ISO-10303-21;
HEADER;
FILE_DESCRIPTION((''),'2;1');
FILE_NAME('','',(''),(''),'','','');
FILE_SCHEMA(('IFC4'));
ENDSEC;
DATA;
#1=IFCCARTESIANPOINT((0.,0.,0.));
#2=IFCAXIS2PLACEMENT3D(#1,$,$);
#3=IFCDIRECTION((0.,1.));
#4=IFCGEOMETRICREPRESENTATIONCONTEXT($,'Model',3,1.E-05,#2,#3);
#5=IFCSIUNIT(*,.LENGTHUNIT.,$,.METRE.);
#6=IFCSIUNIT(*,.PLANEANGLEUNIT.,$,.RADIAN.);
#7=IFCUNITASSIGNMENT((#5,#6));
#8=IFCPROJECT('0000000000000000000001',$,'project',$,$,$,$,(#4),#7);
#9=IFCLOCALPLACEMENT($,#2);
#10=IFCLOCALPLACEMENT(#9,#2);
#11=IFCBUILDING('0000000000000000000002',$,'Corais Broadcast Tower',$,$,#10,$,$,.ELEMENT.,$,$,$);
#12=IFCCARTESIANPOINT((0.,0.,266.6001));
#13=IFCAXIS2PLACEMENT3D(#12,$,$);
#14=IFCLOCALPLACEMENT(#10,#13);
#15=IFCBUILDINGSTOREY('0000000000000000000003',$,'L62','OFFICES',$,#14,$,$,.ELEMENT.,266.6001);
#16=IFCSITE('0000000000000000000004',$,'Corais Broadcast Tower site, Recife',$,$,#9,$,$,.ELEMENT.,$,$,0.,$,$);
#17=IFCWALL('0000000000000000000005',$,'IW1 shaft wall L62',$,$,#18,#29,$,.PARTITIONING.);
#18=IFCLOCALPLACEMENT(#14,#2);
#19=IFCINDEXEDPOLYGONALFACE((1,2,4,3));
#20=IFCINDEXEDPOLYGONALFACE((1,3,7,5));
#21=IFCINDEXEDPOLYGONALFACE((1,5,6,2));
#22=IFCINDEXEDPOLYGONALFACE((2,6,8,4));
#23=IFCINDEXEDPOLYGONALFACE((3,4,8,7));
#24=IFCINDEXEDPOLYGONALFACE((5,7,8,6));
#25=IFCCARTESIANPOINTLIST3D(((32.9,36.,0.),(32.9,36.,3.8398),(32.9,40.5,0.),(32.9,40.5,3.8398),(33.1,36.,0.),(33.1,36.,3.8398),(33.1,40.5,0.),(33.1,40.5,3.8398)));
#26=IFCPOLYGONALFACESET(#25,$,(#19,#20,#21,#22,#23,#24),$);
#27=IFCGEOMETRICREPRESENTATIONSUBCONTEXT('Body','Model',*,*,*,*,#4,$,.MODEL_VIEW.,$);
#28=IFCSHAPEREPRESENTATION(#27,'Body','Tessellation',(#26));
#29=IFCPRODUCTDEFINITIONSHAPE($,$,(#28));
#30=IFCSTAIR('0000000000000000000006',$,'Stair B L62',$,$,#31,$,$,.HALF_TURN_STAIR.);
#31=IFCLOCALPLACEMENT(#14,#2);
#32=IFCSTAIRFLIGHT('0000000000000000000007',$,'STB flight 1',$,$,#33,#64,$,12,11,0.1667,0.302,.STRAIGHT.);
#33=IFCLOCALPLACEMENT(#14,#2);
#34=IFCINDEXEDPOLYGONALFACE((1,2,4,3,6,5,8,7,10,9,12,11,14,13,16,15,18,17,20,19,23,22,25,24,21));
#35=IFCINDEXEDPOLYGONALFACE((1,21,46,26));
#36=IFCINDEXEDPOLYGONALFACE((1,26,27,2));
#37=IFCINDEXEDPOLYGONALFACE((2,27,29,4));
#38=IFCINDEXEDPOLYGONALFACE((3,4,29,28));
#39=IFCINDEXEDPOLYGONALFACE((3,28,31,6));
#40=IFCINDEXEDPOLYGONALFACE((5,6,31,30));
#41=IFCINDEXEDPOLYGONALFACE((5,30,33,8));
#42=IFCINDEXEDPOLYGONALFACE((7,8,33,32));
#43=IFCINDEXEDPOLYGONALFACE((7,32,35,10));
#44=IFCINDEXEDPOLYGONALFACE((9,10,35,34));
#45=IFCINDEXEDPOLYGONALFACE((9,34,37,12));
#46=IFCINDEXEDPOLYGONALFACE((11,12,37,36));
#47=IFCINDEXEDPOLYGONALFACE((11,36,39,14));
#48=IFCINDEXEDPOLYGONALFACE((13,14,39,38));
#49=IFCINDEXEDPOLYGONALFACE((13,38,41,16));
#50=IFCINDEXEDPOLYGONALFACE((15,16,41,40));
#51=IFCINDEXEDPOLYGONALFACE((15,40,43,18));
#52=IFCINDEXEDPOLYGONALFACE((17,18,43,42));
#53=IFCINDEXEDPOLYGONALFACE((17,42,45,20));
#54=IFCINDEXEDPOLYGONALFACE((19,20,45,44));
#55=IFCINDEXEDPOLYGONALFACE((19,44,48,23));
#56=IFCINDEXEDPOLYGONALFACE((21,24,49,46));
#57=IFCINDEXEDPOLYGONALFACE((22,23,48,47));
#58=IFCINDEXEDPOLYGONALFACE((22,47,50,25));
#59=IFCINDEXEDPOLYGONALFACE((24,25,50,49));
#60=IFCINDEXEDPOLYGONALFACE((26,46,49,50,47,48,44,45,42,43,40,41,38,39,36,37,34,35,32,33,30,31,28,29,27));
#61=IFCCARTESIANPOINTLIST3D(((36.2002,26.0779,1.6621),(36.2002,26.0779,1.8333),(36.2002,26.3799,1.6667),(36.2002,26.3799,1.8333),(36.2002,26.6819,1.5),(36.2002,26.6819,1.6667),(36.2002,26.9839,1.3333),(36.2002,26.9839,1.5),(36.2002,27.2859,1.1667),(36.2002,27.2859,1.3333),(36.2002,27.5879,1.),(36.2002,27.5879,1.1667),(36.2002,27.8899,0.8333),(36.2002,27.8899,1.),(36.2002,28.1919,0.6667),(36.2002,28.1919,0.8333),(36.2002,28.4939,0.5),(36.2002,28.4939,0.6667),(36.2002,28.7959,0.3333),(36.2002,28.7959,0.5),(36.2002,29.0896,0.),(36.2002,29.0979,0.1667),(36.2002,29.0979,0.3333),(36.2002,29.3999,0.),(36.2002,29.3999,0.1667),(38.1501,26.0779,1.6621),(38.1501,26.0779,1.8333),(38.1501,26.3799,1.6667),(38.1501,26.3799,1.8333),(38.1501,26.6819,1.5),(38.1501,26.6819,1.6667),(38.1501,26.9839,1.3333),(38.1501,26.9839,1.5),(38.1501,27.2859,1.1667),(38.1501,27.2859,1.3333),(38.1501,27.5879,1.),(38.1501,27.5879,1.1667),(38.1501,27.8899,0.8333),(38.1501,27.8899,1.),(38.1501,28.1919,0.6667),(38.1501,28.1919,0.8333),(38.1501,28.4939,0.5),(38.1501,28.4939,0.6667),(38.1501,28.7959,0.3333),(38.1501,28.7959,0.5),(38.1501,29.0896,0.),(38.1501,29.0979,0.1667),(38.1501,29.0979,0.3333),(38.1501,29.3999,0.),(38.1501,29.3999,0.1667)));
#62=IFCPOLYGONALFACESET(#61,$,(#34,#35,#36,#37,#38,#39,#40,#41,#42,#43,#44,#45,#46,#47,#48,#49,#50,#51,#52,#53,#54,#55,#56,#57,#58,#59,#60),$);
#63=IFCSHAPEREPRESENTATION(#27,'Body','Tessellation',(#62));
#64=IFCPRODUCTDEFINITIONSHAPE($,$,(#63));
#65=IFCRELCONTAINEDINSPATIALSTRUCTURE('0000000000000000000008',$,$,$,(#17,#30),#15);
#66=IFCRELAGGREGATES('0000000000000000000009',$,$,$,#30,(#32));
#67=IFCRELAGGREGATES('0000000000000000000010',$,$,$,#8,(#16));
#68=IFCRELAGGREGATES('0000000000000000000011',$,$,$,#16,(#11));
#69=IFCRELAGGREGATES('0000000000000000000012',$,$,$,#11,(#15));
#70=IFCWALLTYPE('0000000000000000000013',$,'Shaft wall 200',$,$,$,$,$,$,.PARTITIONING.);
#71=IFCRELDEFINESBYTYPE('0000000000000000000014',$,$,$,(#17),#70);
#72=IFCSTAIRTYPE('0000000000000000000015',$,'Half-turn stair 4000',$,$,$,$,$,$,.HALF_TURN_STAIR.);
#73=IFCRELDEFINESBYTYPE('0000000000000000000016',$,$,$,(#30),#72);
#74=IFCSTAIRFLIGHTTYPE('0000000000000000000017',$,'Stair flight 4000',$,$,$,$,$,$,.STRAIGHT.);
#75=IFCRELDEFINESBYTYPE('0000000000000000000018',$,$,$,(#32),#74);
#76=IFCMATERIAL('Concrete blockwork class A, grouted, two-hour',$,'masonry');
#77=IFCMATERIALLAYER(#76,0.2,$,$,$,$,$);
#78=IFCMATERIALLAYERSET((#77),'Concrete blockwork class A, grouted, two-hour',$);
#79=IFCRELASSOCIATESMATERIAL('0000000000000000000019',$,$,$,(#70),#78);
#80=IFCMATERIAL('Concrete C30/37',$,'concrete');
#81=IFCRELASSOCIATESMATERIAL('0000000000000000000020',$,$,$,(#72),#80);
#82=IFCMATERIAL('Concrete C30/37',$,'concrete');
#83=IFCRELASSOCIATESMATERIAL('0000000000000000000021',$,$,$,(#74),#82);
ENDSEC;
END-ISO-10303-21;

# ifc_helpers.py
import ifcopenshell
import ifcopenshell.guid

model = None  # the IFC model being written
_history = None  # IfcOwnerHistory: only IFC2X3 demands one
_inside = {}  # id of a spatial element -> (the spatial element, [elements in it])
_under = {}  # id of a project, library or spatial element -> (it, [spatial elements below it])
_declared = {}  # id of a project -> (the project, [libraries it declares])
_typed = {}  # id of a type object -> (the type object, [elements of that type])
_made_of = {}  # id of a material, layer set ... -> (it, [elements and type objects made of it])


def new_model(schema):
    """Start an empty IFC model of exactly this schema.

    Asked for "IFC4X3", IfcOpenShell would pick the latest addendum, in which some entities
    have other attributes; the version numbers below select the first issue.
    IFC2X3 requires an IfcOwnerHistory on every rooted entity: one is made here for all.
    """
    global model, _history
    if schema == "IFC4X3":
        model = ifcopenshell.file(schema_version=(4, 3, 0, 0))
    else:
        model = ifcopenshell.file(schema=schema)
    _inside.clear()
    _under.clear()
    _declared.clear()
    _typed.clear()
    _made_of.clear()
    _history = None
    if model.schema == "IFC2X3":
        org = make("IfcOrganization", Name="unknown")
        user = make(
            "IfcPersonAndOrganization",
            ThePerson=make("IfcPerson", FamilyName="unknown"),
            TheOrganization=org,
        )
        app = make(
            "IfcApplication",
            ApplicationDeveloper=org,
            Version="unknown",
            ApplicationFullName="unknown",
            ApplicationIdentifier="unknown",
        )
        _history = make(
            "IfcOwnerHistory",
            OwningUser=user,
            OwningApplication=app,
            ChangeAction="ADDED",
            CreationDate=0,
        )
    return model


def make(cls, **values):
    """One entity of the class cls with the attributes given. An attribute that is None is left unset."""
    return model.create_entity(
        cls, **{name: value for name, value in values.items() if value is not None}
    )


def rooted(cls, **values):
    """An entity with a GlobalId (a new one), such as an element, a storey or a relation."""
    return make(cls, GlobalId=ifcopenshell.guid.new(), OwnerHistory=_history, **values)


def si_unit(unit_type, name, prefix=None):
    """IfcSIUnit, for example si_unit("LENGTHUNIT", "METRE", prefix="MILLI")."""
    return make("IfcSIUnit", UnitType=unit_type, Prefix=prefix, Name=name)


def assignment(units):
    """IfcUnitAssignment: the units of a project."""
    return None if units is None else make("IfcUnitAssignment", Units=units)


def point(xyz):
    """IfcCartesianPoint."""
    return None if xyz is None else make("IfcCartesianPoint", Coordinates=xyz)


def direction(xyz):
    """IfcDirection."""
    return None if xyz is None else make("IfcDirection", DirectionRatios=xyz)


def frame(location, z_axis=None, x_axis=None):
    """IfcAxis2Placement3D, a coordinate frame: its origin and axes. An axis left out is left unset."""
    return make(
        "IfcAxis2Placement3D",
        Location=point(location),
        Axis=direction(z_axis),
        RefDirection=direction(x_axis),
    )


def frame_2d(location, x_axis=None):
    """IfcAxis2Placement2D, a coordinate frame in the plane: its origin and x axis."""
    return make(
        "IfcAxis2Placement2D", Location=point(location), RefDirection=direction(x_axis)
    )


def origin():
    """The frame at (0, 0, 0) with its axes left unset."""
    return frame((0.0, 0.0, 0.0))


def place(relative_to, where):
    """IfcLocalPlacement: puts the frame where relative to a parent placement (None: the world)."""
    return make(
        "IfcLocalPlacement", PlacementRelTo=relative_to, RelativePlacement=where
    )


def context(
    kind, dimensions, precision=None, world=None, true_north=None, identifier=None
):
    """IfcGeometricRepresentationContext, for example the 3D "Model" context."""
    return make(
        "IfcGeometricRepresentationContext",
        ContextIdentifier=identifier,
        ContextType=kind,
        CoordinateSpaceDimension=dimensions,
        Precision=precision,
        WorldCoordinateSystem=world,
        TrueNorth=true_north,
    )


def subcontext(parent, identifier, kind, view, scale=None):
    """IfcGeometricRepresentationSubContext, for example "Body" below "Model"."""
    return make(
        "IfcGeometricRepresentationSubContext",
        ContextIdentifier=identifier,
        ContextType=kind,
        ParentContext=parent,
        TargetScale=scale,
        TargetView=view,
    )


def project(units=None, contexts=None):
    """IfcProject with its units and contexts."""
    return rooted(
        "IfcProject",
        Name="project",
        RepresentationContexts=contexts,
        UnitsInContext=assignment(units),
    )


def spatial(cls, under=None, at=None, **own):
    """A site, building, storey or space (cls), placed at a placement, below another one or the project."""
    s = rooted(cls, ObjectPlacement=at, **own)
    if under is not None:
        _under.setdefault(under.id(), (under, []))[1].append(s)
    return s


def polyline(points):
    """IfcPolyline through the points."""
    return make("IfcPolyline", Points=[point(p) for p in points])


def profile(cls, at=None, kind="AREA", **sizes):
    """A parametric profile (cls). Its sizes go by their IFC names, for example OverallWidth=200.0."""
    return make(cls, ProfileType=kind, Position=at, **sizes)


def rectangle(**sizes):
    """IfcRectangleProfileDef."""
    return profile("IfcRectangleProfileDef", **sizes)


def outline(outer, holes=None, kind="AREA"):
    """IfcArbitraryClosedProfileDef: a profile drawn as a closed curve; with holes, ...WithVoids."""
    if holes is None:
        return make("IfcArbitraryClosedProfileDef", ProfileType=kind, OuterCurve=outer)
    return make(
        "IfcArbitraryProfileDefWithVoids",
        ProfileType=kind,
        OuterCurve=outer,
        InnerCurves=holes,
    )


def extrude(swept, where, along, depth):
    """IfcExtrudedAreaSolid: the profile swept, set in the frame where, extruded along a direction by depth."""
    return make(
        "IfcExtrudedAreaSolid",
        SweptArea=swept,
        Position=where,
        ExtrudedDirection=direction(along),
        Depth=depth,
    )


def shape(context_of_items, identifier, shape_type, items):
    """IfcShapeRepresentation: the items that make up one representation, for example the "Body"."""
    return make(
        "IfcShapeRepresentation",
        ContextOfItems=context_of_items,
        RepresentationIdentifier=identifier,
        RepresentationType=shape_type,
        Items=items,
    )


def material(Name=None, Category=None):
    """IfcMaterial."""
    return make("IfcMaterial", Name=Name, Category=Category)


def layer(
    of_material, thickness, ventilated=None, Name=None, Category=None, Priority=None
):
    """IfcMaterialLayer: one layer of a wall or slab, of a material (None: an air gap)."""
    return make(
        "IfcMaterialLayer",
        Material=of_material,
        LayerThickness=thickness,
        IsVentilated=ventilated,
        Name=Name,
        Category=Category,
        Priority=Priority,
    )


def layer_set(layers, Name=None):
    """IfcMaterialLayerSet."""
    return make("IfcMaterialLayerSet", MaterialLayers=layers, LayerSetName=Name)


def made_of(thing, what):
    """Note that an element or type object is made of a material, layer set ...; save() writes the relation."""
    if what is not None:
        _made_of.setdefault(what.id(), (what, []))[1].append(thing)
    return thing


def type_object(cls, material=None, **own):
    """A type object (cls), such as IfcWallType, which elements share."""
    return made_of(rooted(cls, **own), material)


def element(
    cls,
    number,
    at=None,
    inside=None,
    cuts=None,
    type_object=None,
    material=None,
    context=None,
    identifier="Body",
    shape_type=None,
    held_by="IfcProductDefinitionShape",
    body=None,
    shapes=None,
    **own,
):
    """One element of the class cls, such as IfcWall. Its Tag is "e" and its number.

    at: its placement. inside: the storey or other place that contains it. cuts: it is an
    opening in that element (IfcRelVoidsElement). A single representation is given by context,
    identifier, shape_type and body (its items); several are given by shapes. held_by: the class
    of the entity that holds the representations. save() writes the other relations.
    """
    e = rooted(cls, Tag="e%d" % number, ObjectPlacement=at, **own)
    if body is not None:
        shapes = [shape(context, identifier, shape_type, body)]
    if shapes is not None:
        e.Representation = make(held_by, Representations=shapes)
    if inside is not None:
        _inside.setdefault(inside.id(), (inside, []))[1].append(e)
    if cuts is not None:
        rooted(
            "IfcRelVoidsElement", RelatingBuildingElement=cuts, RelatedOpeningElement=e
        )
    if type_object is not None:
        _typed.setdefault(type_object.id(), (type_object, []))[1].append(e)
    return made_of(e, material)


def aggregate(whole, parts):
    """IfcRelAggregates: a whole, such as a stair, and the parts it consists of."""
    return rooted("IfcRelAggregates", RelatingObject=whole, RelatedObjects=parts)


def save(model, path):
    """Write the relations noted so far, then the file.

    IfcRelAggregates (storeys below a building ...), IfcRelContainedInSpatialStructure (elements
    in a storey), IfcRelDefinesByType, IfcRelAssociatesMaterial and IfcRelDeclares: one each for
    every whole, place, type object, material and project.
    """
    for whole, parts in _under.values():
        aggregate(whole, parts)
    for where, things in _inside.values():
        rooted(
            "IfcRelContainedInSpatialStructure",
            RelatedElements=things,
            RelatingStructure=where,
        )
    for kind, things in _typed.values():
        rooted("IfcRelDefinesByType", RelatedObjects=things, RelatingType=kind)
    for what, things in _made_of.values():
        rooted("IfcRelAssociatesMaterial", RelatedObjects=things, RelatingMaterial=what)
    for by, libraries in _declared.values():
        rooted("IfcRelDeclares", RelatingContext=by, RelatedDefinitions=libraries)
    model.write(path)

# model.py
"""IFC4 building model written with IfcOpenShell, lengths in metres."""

from ifc_helpers import new_model, si_unit, direction, frame, frame_2d, origin, place, context, subcontext, project, spatial, polyline, rectangle, outline, extrude, material, layer, layer_set, type_object, element, aggregate, save


model = new_model("IFC4")

# Units and contexts
model_context = context("Model", 3, precision=1e-05, world=origin(), true_north=direction((0.0, 1.0)))
body_context = subcontext(model_context, "Body", "Model", "MODEL_VIEW")
ifc_project = project(units=[si_unit("LENGTHUNIT", "METRE"), si_unit("PLANEANGLEUNIT", "RADIAN")], contexts=[model_context])

# Site, building, storey
site_placement = place(None, origin())
site = spatial("IfcSite", under=ifc_project, at=site_placement, Name="Corais Broadcast Tower site, Recife", CompositionType="ELEMENT", RefElevation=0.0)
building_placement = place(site_placement, origin())
building = spatial("IfcBuilding", under=site, at=building_placement, Name="Corais Broadcast Tower", CompositionType="ELEMENT")
storey_placement = place(building_placement, frame((0.0, 0.0, 266.6001)))
storey = spatial("IfcBuildingStorey", under=building, at=storey_placement, Name="L62", Description="OFFICES", CompositionType="ELEMENT", Elevation=266.6001)

# Wall
ifc_material_1 = material(Name="Concrete blockwork class A, grouted, two-hour", Category="masonry")
ifc_layer_1 = layer(ifc_material_1, 0.2)
ifc_layer_set_1 = layer_set([ifc_layer_1], Name="Concrete blockwork class A, grouted, two-hour")
wall_type_1 = type_object("IfcWallType", Name="Shaft wall 200", PredefinedType="PARTITIONING", material=ifc_layer_set_1)
for number, where, z_axis, x_axis, name in (
    (1, (33.0, 36.0, 0.0), (0.0, 0.0, 1.0), (0.0, 1.0, 0.0), "IW1 shaft wall L62"),
):
    element("IfcWall", number, at=place(storey_placement, frame(where, z_axis=z_axis, x_axis=x_axis)), inside=storey, type_object=wall_type_1, Name=name, PredefinedType="PARTITIONING", context=body_context, shape_type="SweptSolid", body=[
        extrude(rectangle(XDim=4.5, YDim=0.2, at=frame_2d((2.25, 0.0))), origin(), (0.0, 0.0, 1.0), 3.8398),
    ])

# Stair, stair flight
ifc_material_2 = material(Name="Concrete C30/37", Category="concrete")
stair_type = type_object("IfcStairType", Name="Half-turn stair 4000", PredefinedType="HALF_TURN_STAIR", material=ifc_material_2)
stair_placement = place(storey_placement, origin())
stair = element("IfcStair", 2, at=stair_placement, inside=storey, type_object=stair_type, Name="Stair B L62", PredefinedType="HALF_TURN_STAIR")
ifc_material_3 = material(Name="Concrete C30/37", Category="concrete")
stair_flight_type = type_object("IfcStairFlightType", Name="Stair flight 4000", PredefinedType="STRAIGHT", material=ifc_material_3)
stair_flight_placement = place(storey_placement, frame((37.175, 29.3999, 0.0), z_axis=(0.0, 0.0, 1.0), x_axis=(0.0, -1.0, 0.0)))
stair_flight = element("IfcStairFlight", 3, at=stair_flight_placement, type_object=stair_flight_type, Name="STB flight 1", NumberOfRisers=12, NumberOfTreads=11, PredefinedType="STRAIGHT", RiserHeight=0.1667, TreadLength=0.302, context=body_context, shape_type="SweptSolid", body=[
    extrude(outline(polyline([(0.0, 0.0), (0.0, 0.1667), (0.302, 0.1667), (0.302, 0.3333), (0.604, 0.3333), (0.604, 0.5), (0.906, 0.5), (0.906, 0.6667), (1.208, 0.6667), (1.208, 0.8333), (1.51, 0.8333), (1.51, 1.0), (1.812, 1.0), (1.812, 1.1667), (2.114, 1.1667), (2.114, 1.3333), (2.416, 1.3333), (2.416, 1.5), (2.718, 1.5), (2.718, 1.6667), (3.02, 1.6667), (3.02, 1.8333), (3.322, 1.8333), (3.322, 2.0), (3.322, 1.6621), (0.3103, 0.0), (0.0, 0.0)])), frame((0.0, 0.9751, 0.0), z_axis=(0.0, -1.0, 0.0), x_axis=(1.0, 0.0, 0.0)), (0.0, 0.0, 1.0), 1.95),
])
aggregate(stair, [stair_flight])

save(model, "model.ifc")
